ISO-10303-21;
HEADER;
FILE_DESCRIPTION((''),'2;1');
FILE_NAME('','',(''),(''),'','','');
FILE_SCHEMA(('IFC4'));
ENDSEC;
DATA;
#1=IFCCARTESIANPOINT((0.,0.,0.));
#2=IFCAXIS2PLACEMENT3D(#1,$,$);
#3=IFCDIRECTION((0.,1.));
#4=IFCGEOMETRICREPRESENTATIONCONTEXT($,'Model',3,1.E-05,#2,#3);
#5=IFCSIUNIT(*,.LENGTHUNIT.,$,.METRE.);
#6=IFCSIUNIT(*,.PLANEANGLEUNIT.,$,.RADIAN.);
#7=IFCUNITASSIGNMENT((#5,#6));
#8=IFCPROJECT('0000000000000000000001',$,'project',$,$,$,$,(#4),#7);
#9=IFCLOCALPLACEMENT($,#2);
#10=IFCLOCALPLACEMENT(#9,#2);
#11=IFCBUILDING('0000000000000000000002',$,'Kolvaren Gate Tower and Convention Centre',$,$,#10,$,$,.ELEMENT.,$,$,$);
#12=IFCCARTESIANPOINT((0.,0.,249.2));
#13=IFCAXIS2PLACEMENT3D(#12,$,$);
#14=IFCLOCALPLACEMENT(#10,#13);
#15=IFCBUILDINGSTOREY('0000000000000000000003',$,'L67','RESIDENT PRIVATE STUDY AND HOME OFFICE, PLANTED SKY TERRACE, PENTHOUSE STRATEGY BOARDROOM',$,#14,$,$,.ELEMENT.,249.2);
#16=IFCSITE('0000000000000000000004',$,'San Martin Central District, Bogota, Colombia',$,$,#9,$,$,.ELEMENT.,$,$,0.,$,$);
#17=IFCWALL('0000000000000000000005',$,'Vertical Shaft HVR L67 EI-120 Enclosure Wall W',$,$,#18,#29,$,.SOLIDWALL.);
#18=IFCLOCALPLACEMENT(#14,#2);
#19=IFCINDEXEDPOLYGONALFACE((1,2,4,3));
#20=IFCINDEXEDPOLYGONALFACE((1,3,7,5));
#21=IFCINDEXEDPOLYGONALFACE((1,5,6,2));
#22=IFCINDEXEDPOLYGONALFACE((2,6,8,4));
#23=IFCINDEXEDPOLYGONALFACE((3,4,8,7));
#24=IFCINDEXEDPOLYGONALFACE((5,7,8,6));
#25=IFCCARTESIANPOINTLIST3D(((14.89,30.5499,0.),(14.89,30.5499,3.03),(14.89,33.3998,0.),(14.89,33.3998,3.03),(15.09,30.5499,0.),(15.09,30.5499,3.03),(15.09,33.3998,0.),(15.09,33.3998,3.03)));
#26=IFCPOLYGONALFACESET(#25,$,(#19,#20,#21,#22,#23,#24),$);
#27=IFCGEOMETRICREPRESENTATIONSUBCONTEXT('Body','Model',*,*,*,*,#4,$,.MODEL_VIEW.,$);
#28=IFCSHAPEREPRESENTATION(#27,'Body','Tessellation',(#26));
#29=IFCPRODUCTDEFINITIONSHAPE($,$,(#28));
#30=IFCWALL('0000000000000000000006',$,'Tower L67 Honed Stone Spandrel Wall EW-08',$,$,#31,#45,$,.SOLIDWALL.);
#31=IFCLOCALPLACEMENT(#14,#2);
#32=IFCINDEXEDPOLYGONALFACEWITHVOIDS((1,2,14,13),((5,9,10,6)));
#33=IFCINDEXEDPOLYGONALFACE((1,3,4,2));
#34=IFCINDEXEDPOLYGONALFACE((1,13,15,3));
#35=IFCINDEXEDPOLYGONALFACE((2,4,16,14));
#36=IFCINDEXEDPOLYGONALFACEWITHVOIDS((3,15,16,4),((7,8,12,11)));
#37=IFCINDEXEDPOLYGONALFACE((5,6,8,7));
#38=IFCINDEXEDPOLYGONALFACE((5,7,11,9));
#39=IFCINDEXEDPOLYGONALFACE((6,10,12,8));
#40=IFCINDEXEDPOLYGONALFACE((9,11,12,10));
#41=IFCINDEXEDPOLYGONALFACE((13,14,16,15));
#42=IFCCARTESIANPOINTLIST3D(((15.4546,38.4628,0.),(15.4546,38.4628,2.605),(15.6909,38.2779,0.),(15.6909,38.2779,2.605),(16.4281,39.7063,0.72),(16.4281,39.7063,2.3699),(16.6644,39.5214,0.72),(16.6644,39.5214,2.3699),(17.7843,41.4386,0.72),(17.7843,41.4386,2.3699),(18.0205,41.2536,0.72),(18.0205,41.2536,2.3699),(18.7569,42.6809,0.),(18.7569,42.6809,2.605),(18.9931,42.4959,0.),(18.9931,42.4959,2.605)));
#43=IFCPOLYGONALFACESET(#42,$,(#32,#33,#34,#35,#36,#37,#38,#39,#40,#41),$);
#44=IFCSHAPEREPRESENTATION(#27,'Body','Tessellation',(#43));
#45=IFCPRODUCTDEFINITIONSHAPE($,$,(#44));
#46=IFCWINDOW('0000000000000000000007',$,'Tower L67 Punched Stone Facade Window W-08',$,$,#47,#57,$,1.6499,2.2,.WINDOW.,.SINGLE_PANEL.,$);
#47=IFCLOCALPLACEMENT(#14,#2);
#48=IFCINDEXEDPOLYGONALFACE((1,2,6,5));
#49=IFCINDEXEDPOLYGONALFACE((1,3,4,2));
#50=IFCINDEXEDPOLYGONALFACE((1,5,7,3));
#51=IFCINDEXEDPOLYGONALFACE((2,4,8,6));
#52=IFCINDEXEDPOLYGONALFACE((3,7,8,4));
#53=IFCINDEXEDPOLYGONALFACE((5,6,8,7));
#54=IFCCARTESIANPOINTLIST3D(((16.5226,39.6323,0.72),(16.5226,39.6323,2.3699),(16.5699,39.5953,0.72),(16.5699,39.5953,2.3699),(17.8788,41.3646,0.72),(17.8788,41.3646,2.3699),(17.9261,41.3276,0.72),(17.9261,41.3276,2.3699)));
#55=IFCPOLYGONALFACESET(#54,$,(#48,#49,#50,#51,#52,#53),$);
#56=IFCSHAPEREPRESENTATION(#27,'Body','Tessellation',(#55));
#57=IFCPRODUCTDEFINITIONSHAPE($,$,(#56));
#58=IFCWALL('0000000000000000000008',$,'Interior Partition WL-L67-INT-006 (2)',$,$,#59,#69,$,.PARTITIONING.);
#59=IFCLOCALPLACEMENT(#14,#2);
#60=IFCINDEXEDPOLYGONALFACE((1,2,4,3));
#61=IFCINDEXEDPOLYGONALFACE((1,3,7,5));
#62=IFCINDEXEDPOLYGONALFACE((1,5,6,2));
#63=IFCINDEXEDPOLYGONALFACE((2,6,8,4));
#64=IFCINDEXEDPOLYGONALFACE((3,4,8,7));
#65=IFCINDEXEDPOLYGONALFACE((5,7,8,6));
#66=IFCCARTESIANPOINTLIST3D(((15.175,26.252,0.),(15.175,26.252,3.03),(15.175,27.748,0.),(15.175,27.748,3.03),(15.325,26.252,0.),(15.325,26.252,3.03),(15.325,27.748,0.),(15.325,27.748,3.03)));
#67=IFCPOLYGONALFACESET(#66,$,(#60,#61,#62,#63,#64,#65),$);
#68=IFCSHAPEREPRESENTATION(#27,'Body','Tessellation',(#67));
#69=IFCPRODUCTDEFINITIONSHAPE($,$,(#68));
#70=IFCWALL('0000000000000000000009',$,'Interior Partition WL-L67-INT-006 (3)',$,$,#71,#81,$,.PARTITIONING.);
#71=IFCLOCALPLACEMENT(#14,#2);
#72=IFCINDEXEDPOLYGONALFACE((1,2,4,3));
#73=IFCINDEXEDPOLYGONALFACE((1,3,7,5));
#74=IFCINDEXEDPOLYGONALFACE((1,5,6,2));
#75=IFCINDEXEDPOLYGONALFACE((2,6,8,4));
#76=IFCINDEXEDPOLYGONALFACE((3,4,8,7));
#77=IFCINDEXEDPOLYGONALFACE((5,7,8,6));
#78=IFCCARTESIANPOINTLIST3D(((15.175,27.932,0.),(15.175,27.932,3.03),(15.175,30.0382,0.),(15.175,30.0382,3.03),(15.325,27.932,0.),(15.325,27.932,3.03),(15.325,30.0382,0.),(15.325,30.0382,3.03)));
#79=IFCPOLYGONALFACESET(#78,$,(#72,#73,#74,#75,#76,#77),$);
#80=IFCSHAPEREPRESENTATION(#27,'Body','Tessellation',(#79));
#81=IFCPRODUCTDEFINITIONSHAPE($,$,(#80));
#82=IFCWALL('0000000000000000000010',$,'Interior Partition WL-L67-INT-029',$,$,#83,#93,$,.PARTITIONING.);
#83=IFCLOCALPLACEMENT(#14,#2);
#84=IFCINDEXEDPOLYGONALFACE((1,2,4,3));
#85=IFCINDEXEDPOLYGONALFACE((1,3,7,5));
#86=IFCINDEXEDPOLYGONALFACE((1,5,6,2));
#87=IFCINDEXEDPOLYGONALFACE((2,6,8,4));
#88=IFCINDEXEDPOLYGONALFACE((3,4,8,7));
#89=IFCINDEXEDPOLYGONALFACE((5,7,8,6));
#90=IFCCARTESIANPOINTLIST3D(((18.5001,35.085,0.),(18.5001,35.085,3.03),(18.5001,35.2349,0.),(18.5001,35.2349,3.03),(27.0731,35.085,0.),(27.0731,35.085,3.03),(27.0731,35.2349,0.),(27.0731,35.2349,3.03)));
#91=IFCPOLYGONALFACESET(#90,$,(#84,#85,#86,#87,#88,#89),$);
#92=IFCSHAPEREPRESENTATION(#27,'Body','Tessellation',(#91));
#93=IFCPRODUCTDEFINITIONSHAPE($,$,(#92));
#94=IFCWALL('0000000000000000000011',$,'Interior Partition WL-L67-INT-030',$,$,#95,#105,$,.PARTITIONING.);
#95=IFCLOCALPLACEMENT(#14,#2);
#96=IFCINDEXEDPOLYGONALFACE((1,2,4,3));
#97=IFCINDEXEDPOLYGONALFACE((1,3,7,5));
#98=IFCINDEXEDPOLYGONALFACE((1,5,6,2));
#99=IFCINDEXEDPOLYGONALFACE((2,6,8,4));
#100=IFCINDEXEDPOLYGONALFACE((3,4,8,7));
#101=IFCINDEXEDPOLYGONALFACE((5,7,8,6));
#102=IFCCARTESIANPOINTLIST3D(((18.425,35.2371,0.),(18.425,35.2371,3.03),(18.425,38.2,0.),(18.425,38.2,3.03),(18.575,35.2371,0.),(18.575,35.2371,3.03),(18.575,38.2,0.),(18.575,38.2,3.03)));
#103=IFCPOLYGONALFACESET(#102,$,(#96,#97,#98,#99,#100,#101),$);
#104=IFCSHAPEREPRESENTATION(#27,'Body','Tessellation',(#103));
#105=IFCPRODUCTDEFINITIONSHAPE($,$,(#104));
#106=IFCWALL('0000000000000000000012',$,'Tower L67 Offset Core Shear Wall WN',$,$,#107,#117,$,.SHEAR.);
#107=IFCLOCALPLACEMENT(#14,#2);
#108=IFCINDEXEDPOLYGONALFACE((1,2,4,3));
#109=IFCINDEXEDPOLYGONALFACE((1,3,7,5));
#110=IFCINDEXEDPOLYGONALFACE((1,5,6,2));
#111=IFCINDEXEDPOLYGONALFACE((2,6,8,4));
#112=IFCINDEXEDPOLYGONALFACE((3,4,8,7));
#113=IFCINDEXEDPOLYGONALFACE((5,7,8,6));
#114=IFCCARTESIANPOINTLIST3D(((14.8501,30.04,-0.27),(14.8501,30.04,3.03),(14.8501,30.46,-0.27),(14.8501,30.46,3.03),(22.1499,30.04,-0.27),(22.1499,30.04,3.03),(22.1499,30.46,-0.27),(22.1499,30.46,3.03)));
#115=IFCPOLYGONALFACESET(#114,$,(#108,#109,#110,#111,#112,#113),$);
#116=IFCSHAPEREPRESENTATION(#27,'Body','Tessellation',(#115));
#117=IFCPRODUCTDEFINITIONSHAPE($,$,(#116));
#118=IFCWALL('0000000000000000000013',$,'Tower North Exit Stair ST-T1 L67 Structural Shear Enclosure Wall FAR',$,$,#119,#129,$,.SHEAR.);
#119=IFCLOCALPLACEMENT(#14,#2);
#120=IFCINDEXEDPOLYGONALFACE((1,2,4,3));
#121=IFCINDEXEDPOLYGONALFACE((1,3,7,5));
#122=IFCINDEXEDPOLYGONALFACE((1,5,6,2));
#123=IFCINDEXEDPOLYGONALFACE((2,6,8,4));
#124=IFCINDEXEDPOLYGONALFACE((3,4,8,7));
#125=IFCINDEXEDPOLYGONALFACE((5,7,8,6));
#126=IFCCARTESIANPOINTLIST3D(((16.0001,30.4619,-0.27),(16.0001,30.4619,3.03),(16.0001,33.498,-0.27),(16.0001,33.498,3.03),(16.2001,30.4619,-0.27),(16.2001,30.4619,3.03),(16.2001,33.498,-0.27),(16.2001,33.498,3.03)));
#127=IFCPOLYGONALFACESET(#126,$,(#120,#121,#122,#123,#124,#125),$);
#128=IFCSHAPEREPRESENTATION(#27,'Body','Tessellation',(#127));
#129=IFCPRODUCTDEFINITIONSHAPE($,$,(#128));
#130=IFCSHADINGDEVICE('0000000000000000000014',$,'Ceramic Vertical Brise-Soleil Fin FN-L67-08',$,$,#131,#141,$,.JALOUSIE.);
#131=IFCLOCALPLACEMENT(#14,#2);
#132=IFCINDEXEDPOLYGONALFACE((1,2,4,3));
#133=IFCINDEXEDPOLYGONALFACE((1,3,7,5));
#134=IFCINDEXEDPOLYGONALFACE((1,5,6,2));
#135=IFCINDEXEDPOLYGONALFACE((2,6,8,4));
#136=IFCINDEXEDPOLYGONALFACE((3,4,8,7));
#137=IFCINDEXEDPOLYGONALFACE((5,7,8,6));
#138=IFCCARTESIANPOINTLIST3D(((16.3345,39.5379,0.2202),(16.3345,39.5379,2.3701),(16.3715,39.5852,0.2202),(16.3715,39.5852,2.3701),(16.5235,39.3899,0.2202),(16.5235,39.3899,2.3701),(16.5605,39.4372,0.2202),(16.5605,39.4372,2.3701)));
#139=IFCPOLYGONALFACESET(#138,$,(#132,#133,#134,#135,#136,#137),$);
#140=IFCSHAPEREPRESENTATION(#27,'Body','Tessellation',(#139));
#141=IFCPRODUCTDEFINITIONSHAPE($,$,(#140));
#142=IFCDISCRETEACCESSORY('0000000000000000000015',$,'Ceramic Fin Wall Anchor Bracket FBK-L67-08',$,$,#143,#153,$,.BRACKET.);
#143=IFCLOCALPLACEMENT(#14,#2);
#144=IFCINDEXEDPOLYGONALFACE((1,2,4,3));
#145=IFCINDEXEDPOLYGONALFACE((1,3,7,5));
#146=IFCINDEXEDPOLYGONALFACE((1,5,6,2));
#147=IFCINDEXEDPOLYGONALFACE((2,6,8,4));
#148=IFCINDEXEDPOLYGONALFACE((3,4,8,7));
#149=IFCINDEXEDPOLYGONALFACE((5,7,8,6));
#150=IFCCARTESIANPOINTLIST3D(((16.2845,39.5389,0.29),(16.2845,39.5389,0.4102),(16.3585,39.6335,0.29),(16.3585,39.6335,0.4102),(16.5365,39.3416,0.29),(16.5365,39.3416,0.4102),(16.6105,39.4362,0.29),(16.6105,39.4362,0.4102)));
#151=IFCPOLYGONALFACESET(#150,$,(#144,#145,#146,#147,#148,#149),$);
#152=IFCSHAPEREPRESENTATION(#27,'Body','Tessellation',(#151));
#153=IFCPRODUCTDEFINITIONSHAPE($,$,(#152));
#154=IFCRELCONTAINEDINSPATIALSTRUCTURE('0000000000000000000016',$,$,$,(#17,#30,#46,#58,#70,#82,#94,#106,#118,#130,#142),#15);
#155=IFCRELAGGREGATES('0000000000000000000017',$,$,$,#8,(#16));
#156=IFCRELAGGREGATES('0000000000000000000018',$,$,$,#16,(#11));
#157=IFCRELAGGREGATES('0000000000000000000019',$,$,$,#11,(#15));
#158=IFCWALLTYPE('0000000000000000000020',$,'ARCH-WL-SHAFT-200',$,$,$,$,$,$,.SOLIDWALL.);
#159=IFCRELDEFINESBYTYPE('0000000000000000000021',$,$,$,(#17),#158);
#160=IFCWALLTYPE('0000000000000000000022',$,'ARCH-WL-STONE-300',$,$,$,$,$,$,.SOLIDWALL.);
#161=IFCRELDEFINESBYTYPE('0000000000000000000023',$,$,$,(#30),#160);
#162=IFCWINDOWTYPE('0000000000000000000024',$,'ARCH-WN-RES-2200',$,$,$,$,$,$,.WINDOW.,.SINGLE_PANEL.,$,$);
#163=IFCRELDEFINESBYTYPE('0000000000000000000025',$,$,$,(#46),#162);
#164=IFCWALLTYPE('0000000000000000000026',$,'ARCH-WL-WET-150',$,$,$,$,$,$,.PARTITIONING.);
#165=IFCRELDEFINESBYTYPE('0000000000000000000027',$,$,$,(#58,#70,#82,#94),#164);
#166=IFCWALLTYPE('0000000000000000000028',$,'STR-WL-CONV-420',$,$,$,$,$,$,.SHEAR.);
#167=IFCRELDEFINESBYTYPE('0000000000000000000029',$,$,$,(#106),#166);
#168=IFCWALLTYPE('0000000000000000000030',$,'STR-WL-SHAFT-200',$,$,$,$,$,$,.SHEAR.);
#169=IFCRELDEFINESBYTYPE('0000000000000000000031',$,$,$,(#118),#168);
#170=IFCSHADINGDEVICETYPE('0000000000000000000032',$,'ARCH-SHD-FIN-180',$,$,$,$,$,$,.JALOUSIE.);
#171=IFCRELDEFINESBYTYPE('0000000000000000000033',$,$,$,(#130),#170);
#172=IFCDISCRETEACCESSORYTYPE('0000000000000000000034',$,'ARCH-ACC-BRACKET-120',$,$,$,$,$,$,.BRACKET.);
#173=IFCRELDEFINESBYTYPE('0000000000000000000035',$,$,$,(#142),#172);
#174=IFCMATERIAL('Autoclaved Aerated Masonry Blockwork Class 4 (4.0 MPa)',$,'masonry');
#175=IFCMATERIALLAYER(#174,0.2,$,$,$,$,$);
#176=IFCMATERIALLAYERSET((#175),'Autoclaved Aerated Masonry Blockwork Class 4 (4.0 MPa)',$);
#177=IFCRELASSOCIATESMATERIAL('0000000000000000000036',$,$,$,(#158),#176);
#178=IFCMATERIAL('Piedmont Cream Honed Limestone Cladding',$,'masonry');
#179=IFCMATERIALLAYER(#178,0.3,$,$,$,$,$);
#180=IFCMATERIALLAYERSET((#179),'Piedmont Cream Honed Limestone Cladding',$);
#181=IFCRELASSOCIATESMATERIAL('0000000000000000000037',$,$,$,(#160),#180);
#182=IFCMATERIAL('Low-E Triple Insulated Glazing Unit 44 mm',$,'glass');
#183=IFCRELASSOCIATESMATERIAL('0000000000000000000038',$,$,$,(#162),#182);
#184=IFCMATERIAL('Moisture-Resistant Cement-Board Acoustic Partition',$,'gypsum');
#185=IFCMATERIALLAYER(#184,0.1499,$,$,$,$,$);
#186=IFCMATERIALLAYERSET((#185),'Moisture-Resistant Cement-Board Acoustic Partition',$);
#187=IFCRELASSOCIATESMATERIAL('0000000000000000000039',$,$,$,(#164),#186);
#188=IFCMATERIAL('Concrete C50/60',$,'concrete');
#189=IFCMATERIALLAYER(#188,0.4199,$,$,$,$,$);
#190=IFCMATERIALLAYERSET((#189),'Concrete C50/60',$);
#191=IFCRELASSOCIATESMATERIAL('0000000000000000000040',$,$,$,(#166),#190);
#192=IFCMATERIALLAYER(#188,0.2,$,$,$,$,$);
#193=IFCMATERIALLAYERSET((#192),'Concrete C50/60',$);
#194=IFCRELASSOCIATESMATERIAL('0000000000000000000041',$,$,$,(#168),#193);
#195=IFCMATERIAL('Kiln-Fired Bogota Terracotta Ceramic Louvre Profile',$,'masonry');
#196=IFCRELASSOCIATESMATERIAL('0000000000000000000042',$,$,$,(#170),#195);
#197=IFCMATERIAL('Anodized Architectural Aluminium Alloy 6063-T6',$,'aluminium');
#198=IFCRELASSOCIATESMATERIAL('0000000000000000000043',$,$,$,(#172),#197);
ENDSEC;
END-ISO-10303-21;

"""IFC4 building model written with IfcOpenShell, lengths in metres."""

from ifc_helpers import new_model, si_unit, direction, frame, frame_2d, origin, origin_2d, place, context, subcontext, project, spatial, rectangle, extrude, material, layer, layer_set, type_object, element, fill, save


model = new_model("IFC4")

# Units and contexts
model_context = context("Model", 3, precision=1e-05, world=origin(), true_north=direction((0.0, 1.0)))
body_context = subcontext(model_context, "Body", "Model", "MODEL_VIEW")
ifc_project = project(units=[si_unit("LENGTHUNIT", "METRE"), si_unit("PLANEANGLEUNIT", "RADIAN")], contexts=[model_context])

# Site, building, storey
site_placement = place(None, origin())
site = spatial("IfcSite", under=ifc_project, at=site_placement, Name="San Martin Central District, Bogota, Colombia", CompositionType="ELEMENT", RefElevation=0.0)
building_placement = place(site_placement, origin())
building = spatial("IfcBuilding", under=site, at=building_placement, Name="Kolvaren Gate Tower and Convention Centre", CompositionType="ELEMENT")
storey_placement = place(building_placement, frame((0.0, 0.0, 249.2)))
storey = spatial("IfcBuildingStorey", under=building, at=storey_placement, Name="L67", Description="RESIDENT PRIVATE STUDY AND HOME OFFICE, PLANTED SKY TERRACE, PENTHOUSE STRATEGY BOARDROOM", CompositionType="ELEMENT", Elevation=249.2)

# Shared definitions
ifc_material_1 = material(Name="Autoclaved Aerated Masonry Blockwork Class 4 (4.0 MPa)", Category="masonry")

# Wall
ifc_layer_1 = layer(ifc_material_1, 0.2)
ifc_layer_set_1 = layer_set([ifc_layer_1], Name="Autoclaved Aerated Masonry Blockwork Class 4 (4.0 MPa)")
wall_type_1 = type_object("IfcWallType", Name="ARCH-WL-SHAFT-200", PredefinedType="SOLIDWALL", material=ifc_layer_set_1)
wall_1_placement = place(storey_placement, frame((14.99, 30.55, 0.0), z_axis=(0.0, 0.0, 1.0), x_axis=(0.0, 1.0, 0.0)))
element("IfcWall", 1, at=wall_1_placement, inside=storey, type_object=wall_type_1, Name="Vertical Shaft HVR L67 EI-120 Enclosure Wall W", PredefinedType="SOLIDWALL", context=body_context, shape_type="SweptSolid", body=[
    extrude(rectangle(XDim=2.8499, YDim=0.2, at=frame_2d((1.4248, 0.0))), origin(), (0.0, 0.0, 1.0), 3.03),
])

# Wall, opening, window
ifc_material_2 = material(Name="Piedmont Cream Honed Limestone Cladding", Category="masonry")
ifc_layer_2 = layer(ifc_material_2, 0.3)
ifc_layer_set_2 = layer_set([ifc_layer_2], Name="Piedmont Cream Honed Limestone Cladding")
wall_type_2 = type_object("IfcWallType", Name="ARCH-WL-STONE-300", PredefinedType="SOLIDWALL", material=ifc_layer_set_2)
wall_2_placement = place(storey_placement, frame((15.5728, 38.3704, 0.0), z_axis=(0.0, 0.0, 1.0), x_axis=(0.616446, 0.787397, 0.0)))
wall_2 = element("IfcWall", 2, at=wall_2_placement, inside=storey, type_object=wall_type_2, Name="Tower L67 Honed Stone Spandrel Wall EW-08", PredefinedType="SOLIDWALL", context=body_context, shape_type="SweptSolid", body=[
    extrude(rectangle(XDim=5.3569, YDim=0.3, at=frame_2d((2.6785, 0.0))), origin(), (0.0, 0.0, 1.0), 2.605),
])
opening_1_placement = place(wall_2_placement, frame((1.5791, 0.0, 0.72)))
opening_1 = element("IfcOpeningElement", 3, at=opening_1_placement, cuts=wall_2, PredefinedType="OPENING", context=body_context, shape_type="SweptSolid", body=[
    extrude(rectangle(XDim=2.2, YDim=1.6499, at=frame_2d((1.1001, 0.825))), frame((0.0, 0.1599, 0.0), z_axis=(0.0, -1.0, 0.0), x_axis=(1.0, 0.0, 0.0)), (0.0, 0.0, 1.0), 0.3201),
])
ifc_material_3 = material(Name="Low-E Triple Insulated Glazing Unit 44 mm", Category="glass")
window_type = type_object("IfcWindowType", Name="ARCH-WN-RES-2200", PartitioningType="SINGLE_PANEL", PredefinedType="WINDOW", material=ifc_material_3)
window_placement = place(opening_1_placement, origin())
window = element("IfcWindow", 4, at=window_placement, inside=storey, type_object=window_type, Name="Tower L67 Punched Stone Facade Window W-08", OverallHeight=1.6499, OverallWidth=2.2, PartitioningType="SINGLE_PANEL", PredefinedType="WINDOW", context=body_context, shape_type="SweptSolid", body=[
    extrude(rectangle(XDim=2.2, YDim=1.6499, at=frame_2d((1.1001, 0.825))), frame((0.0, 0.03, 0.0), z_axis=(0.0, -1.0, 0.0), x_axis=(1.0, 0.0, 0.0)), (0.0, 0.0, 1.0), 0.0601),
])
fill(opening_1, window)

# Walls
ifc_material_4 = material(Name="Moisture-Resistant Cement-Board Acoustic Partition", Category="gypsum")
ifc_layer_3 = layer(ifc_material_4, 0.1499)
ifc_layer_set_3 = layer_set([ifc_layer_3], Name="Moisture-Resistant Cement-Board Acoustic Partition")
wall_type_3 = type_object("IfcWallType", Name="ARCH-WL-WET-150", PredefinedType="PARTITIONING", material=ifc_layer_set_3)
wall_3_placement = place(storey_placement, frame((15.25, 26.252, 0.0), z_axis=(0.0, 0.0, 1.0), x_axis=(0.0, 1.0, 0.0)))
element("IfcWall", 5, at=wall_3_placement, inside=storey, type_object=wall_type_3, Name="Interior Partition WL-L67-INT-006 (2)", PredefinedType="PARTITIONING", context=body_context, shape_type="SweptSolid", body=[
    extrude(rectangle(XDim=1.4961, YDim=0.1499, at=frame_2d((0.748, 0.0))), origin(), (0.0, 0.0, 1.0), 3.03),
])
wall_4_placement = place(storey_placement, frame((15.25, 27.9319, 0.0), z_axis=(0.0, 0.0, 1.0), x_axis=(0.0, 1.0, 0.0)))
element("IfcWall", 6, at=wall_4_placement, inside=storey, type_object=wall_type_3, Name="Interior Partition WL-L67-INT-006 (3)", PredefinedType="PARTITIONING", context=body_context, shape_type="SweptSolid", body=[
    extrude(rectangle(XDim=2.1062, YDim=0.1499, at=frame_2d((1.0532, 0.0))), origin(), (0.0, 0.0, 1.0), 3.03),
])
wall_5_placement = place(storey_placement, frame((18.5, 35.1599, 0.0), z_axis=(0.0, 0.0, 1.0), x_axis=(1.0, 0.0, 0.0)))
element("IfcWall", 7, at=wall_5_placement, inside=storey, type_object=wall_type_3, Name="Interior Partition WL-L67-INT-029", PredefinedType="PARTITIONING", context=body_context, shape_type="SweptSolid", body=[
    extrude(rectangle(XDim=8.573, YDim=0.1499, at=frame_2d((4.2866, 0.0))), origin(), (0.0, 0.0, 1.0), 3.03),
])
wall_6_placement = place(storey_placement, frame((18.5, 35.2371, 0.0), z_axis=(0.0, 0.0, 1.0), x_axis=(0.0, 1.0, 0.0)))
element("IfcWall", 8, at=wall_6_placement, inside=storey, type_object=wall_type_3, Name="Interior Partition WL-L67-INT-030", PredefinedType="PARTITIONING", context=body_context, shape_type="SweptSolid", body=[
    extrude(rectangle(XDim=2.9629, YDim=0.1499, at=frame_2d((1.4814, 0.0))), origin(), (0.0, 0.0, 1.0), 3.03),
])
ifc_material_5 = material(Name="Concrete C50/60", Category="concrete")
ifc_layer_4 = layer(ifc_material_5, 0.4199)
ifc_layer_set_4 = layer_set([ifc_layer_4], Name="Concrete C50/60")
wall_type_4 = type_object("IfcWallType", Name="STR-WL-CONV-420", PredefinedType="SHEAR", material=ifc_layer_set_4)
wall_7_placement = place(storey_placement, frame((14.8501, 30.25, -0.27), z_axis=(0.0, 0.0, 1.0), x_axis=(1.0, 0.0, 0.0)))
element("IfcWall", 9, at=wall_7_placement, inside=storey, type_object=wall_type_4, Name="Tower L67 Offset Core Shear Wall WN", PredefinedType="SHEAR", context=body_context, shape_type="SweptSolid", body=[
    extrude(rectangle(XDim=7.2998, YDim=0.4199, at=frame_2d((3.6499, 0.0))), origin(), (0.0, 0.0, 1.0), 3.3),
])
ifc_layer_5 = layer(ifc_material_5, 0.2)
ifc_layer_set_5 = layer_set([ifc_layer_5], Name="Concrete C50/60")
wall_type_5 = type_object("IfcWallType", Name="STR-WL-SHAFT-200", PredefinedType="SHEAR", material=ifc_layer_set_5)
wall_8_placement = place(storey_placement, frame((16.1001, 30.4619, -0.27), z_axis=(0.0, 0.0, 1.0), x_axis=(0.0, 1.0, 0.0)))
element("IfcWall", 10, at=wall_8_placement, inside=storey, type_object=wall_type_5, Name="Tower North Exit Stair ST-T1 L67 Structural Shear Enclosure Wall FAR", PredefinedType="SHEAR", context=body_context, shape_type="SweptSolid", body=[
    extrude(rectangle(XDim=3.0361, YDim=0.2, at=frame_2d((1.5181, 0.0))), origin(), (0.0, 0.0, 1.0), 3.3),
])

# Shading device
ifc_material_6 = material(Name="Kiln-Fired Bogota Terracotta Ceramic Louvre Profile", Category="masonry")
shading_device_type = type_object("IfcShadingDeviceType", Name="ARCH-SHD-FIN-180", PredefinedType="JALOUSIE", material=ifc_material_6)
shading_device_placement = place(storey_placement, frame((16.4475, 39.4875, 0.2202), z_axis=(0.0, 0.0, 1.0), x_axis=(0.616435, 0.787405, 0.0)))
element("IfcShadingDevice", 11, at=shading_device_placement, inside=storey, type_object=shading_device_type, Name="Ceramic Vertical Brise-Soleil Fin FN-L67-08", PredefinedType="JALOUSIE", context=body_context, shape_type="SweptSolid", body=[
    extrude(rectangle(XDim=0.0601, YDim=0.24, at=origin_2d()), origin(), (0.0, 0.0, 1.0), 2.1499),
])

# Discrete accessory
ifc_material_7 = material(Name="Anodized Architectural Aluminium Alloy 6063-T6", Category="aluminium")
discrete_accessory_type = type_object("IfcDiscreteAccessoryType", Name="ARCH-ACC-BRACKET-120", PredefinedType="BRACKET", material=ifc_material_7)
discrete_accessory_placement = place(storey_placement, frame((16.4475, 39.4875, 0.29), z_axis=(0.0, 0.0, 1.0), x_axis=(0.616435, 0.787405, 0.0)))
element("IfcDiscreteAccessory", 12, at=discrete_accessory_placement, inside=storey, type_object=discrete_accessory_type, Name="Ceramic Fin Wall Anchor Bracket FBK-L67-08", PredefinedType="BRACKET", context=body_context, shape_type="SweptSolid", body=[
    extrude(rectangle(XDim=0.1201, YDim=0.3201, at=origin_2d()), origin(), (0.0, 0.0, 1.0), 0.1201),
])

save(model, "model.ifc")
